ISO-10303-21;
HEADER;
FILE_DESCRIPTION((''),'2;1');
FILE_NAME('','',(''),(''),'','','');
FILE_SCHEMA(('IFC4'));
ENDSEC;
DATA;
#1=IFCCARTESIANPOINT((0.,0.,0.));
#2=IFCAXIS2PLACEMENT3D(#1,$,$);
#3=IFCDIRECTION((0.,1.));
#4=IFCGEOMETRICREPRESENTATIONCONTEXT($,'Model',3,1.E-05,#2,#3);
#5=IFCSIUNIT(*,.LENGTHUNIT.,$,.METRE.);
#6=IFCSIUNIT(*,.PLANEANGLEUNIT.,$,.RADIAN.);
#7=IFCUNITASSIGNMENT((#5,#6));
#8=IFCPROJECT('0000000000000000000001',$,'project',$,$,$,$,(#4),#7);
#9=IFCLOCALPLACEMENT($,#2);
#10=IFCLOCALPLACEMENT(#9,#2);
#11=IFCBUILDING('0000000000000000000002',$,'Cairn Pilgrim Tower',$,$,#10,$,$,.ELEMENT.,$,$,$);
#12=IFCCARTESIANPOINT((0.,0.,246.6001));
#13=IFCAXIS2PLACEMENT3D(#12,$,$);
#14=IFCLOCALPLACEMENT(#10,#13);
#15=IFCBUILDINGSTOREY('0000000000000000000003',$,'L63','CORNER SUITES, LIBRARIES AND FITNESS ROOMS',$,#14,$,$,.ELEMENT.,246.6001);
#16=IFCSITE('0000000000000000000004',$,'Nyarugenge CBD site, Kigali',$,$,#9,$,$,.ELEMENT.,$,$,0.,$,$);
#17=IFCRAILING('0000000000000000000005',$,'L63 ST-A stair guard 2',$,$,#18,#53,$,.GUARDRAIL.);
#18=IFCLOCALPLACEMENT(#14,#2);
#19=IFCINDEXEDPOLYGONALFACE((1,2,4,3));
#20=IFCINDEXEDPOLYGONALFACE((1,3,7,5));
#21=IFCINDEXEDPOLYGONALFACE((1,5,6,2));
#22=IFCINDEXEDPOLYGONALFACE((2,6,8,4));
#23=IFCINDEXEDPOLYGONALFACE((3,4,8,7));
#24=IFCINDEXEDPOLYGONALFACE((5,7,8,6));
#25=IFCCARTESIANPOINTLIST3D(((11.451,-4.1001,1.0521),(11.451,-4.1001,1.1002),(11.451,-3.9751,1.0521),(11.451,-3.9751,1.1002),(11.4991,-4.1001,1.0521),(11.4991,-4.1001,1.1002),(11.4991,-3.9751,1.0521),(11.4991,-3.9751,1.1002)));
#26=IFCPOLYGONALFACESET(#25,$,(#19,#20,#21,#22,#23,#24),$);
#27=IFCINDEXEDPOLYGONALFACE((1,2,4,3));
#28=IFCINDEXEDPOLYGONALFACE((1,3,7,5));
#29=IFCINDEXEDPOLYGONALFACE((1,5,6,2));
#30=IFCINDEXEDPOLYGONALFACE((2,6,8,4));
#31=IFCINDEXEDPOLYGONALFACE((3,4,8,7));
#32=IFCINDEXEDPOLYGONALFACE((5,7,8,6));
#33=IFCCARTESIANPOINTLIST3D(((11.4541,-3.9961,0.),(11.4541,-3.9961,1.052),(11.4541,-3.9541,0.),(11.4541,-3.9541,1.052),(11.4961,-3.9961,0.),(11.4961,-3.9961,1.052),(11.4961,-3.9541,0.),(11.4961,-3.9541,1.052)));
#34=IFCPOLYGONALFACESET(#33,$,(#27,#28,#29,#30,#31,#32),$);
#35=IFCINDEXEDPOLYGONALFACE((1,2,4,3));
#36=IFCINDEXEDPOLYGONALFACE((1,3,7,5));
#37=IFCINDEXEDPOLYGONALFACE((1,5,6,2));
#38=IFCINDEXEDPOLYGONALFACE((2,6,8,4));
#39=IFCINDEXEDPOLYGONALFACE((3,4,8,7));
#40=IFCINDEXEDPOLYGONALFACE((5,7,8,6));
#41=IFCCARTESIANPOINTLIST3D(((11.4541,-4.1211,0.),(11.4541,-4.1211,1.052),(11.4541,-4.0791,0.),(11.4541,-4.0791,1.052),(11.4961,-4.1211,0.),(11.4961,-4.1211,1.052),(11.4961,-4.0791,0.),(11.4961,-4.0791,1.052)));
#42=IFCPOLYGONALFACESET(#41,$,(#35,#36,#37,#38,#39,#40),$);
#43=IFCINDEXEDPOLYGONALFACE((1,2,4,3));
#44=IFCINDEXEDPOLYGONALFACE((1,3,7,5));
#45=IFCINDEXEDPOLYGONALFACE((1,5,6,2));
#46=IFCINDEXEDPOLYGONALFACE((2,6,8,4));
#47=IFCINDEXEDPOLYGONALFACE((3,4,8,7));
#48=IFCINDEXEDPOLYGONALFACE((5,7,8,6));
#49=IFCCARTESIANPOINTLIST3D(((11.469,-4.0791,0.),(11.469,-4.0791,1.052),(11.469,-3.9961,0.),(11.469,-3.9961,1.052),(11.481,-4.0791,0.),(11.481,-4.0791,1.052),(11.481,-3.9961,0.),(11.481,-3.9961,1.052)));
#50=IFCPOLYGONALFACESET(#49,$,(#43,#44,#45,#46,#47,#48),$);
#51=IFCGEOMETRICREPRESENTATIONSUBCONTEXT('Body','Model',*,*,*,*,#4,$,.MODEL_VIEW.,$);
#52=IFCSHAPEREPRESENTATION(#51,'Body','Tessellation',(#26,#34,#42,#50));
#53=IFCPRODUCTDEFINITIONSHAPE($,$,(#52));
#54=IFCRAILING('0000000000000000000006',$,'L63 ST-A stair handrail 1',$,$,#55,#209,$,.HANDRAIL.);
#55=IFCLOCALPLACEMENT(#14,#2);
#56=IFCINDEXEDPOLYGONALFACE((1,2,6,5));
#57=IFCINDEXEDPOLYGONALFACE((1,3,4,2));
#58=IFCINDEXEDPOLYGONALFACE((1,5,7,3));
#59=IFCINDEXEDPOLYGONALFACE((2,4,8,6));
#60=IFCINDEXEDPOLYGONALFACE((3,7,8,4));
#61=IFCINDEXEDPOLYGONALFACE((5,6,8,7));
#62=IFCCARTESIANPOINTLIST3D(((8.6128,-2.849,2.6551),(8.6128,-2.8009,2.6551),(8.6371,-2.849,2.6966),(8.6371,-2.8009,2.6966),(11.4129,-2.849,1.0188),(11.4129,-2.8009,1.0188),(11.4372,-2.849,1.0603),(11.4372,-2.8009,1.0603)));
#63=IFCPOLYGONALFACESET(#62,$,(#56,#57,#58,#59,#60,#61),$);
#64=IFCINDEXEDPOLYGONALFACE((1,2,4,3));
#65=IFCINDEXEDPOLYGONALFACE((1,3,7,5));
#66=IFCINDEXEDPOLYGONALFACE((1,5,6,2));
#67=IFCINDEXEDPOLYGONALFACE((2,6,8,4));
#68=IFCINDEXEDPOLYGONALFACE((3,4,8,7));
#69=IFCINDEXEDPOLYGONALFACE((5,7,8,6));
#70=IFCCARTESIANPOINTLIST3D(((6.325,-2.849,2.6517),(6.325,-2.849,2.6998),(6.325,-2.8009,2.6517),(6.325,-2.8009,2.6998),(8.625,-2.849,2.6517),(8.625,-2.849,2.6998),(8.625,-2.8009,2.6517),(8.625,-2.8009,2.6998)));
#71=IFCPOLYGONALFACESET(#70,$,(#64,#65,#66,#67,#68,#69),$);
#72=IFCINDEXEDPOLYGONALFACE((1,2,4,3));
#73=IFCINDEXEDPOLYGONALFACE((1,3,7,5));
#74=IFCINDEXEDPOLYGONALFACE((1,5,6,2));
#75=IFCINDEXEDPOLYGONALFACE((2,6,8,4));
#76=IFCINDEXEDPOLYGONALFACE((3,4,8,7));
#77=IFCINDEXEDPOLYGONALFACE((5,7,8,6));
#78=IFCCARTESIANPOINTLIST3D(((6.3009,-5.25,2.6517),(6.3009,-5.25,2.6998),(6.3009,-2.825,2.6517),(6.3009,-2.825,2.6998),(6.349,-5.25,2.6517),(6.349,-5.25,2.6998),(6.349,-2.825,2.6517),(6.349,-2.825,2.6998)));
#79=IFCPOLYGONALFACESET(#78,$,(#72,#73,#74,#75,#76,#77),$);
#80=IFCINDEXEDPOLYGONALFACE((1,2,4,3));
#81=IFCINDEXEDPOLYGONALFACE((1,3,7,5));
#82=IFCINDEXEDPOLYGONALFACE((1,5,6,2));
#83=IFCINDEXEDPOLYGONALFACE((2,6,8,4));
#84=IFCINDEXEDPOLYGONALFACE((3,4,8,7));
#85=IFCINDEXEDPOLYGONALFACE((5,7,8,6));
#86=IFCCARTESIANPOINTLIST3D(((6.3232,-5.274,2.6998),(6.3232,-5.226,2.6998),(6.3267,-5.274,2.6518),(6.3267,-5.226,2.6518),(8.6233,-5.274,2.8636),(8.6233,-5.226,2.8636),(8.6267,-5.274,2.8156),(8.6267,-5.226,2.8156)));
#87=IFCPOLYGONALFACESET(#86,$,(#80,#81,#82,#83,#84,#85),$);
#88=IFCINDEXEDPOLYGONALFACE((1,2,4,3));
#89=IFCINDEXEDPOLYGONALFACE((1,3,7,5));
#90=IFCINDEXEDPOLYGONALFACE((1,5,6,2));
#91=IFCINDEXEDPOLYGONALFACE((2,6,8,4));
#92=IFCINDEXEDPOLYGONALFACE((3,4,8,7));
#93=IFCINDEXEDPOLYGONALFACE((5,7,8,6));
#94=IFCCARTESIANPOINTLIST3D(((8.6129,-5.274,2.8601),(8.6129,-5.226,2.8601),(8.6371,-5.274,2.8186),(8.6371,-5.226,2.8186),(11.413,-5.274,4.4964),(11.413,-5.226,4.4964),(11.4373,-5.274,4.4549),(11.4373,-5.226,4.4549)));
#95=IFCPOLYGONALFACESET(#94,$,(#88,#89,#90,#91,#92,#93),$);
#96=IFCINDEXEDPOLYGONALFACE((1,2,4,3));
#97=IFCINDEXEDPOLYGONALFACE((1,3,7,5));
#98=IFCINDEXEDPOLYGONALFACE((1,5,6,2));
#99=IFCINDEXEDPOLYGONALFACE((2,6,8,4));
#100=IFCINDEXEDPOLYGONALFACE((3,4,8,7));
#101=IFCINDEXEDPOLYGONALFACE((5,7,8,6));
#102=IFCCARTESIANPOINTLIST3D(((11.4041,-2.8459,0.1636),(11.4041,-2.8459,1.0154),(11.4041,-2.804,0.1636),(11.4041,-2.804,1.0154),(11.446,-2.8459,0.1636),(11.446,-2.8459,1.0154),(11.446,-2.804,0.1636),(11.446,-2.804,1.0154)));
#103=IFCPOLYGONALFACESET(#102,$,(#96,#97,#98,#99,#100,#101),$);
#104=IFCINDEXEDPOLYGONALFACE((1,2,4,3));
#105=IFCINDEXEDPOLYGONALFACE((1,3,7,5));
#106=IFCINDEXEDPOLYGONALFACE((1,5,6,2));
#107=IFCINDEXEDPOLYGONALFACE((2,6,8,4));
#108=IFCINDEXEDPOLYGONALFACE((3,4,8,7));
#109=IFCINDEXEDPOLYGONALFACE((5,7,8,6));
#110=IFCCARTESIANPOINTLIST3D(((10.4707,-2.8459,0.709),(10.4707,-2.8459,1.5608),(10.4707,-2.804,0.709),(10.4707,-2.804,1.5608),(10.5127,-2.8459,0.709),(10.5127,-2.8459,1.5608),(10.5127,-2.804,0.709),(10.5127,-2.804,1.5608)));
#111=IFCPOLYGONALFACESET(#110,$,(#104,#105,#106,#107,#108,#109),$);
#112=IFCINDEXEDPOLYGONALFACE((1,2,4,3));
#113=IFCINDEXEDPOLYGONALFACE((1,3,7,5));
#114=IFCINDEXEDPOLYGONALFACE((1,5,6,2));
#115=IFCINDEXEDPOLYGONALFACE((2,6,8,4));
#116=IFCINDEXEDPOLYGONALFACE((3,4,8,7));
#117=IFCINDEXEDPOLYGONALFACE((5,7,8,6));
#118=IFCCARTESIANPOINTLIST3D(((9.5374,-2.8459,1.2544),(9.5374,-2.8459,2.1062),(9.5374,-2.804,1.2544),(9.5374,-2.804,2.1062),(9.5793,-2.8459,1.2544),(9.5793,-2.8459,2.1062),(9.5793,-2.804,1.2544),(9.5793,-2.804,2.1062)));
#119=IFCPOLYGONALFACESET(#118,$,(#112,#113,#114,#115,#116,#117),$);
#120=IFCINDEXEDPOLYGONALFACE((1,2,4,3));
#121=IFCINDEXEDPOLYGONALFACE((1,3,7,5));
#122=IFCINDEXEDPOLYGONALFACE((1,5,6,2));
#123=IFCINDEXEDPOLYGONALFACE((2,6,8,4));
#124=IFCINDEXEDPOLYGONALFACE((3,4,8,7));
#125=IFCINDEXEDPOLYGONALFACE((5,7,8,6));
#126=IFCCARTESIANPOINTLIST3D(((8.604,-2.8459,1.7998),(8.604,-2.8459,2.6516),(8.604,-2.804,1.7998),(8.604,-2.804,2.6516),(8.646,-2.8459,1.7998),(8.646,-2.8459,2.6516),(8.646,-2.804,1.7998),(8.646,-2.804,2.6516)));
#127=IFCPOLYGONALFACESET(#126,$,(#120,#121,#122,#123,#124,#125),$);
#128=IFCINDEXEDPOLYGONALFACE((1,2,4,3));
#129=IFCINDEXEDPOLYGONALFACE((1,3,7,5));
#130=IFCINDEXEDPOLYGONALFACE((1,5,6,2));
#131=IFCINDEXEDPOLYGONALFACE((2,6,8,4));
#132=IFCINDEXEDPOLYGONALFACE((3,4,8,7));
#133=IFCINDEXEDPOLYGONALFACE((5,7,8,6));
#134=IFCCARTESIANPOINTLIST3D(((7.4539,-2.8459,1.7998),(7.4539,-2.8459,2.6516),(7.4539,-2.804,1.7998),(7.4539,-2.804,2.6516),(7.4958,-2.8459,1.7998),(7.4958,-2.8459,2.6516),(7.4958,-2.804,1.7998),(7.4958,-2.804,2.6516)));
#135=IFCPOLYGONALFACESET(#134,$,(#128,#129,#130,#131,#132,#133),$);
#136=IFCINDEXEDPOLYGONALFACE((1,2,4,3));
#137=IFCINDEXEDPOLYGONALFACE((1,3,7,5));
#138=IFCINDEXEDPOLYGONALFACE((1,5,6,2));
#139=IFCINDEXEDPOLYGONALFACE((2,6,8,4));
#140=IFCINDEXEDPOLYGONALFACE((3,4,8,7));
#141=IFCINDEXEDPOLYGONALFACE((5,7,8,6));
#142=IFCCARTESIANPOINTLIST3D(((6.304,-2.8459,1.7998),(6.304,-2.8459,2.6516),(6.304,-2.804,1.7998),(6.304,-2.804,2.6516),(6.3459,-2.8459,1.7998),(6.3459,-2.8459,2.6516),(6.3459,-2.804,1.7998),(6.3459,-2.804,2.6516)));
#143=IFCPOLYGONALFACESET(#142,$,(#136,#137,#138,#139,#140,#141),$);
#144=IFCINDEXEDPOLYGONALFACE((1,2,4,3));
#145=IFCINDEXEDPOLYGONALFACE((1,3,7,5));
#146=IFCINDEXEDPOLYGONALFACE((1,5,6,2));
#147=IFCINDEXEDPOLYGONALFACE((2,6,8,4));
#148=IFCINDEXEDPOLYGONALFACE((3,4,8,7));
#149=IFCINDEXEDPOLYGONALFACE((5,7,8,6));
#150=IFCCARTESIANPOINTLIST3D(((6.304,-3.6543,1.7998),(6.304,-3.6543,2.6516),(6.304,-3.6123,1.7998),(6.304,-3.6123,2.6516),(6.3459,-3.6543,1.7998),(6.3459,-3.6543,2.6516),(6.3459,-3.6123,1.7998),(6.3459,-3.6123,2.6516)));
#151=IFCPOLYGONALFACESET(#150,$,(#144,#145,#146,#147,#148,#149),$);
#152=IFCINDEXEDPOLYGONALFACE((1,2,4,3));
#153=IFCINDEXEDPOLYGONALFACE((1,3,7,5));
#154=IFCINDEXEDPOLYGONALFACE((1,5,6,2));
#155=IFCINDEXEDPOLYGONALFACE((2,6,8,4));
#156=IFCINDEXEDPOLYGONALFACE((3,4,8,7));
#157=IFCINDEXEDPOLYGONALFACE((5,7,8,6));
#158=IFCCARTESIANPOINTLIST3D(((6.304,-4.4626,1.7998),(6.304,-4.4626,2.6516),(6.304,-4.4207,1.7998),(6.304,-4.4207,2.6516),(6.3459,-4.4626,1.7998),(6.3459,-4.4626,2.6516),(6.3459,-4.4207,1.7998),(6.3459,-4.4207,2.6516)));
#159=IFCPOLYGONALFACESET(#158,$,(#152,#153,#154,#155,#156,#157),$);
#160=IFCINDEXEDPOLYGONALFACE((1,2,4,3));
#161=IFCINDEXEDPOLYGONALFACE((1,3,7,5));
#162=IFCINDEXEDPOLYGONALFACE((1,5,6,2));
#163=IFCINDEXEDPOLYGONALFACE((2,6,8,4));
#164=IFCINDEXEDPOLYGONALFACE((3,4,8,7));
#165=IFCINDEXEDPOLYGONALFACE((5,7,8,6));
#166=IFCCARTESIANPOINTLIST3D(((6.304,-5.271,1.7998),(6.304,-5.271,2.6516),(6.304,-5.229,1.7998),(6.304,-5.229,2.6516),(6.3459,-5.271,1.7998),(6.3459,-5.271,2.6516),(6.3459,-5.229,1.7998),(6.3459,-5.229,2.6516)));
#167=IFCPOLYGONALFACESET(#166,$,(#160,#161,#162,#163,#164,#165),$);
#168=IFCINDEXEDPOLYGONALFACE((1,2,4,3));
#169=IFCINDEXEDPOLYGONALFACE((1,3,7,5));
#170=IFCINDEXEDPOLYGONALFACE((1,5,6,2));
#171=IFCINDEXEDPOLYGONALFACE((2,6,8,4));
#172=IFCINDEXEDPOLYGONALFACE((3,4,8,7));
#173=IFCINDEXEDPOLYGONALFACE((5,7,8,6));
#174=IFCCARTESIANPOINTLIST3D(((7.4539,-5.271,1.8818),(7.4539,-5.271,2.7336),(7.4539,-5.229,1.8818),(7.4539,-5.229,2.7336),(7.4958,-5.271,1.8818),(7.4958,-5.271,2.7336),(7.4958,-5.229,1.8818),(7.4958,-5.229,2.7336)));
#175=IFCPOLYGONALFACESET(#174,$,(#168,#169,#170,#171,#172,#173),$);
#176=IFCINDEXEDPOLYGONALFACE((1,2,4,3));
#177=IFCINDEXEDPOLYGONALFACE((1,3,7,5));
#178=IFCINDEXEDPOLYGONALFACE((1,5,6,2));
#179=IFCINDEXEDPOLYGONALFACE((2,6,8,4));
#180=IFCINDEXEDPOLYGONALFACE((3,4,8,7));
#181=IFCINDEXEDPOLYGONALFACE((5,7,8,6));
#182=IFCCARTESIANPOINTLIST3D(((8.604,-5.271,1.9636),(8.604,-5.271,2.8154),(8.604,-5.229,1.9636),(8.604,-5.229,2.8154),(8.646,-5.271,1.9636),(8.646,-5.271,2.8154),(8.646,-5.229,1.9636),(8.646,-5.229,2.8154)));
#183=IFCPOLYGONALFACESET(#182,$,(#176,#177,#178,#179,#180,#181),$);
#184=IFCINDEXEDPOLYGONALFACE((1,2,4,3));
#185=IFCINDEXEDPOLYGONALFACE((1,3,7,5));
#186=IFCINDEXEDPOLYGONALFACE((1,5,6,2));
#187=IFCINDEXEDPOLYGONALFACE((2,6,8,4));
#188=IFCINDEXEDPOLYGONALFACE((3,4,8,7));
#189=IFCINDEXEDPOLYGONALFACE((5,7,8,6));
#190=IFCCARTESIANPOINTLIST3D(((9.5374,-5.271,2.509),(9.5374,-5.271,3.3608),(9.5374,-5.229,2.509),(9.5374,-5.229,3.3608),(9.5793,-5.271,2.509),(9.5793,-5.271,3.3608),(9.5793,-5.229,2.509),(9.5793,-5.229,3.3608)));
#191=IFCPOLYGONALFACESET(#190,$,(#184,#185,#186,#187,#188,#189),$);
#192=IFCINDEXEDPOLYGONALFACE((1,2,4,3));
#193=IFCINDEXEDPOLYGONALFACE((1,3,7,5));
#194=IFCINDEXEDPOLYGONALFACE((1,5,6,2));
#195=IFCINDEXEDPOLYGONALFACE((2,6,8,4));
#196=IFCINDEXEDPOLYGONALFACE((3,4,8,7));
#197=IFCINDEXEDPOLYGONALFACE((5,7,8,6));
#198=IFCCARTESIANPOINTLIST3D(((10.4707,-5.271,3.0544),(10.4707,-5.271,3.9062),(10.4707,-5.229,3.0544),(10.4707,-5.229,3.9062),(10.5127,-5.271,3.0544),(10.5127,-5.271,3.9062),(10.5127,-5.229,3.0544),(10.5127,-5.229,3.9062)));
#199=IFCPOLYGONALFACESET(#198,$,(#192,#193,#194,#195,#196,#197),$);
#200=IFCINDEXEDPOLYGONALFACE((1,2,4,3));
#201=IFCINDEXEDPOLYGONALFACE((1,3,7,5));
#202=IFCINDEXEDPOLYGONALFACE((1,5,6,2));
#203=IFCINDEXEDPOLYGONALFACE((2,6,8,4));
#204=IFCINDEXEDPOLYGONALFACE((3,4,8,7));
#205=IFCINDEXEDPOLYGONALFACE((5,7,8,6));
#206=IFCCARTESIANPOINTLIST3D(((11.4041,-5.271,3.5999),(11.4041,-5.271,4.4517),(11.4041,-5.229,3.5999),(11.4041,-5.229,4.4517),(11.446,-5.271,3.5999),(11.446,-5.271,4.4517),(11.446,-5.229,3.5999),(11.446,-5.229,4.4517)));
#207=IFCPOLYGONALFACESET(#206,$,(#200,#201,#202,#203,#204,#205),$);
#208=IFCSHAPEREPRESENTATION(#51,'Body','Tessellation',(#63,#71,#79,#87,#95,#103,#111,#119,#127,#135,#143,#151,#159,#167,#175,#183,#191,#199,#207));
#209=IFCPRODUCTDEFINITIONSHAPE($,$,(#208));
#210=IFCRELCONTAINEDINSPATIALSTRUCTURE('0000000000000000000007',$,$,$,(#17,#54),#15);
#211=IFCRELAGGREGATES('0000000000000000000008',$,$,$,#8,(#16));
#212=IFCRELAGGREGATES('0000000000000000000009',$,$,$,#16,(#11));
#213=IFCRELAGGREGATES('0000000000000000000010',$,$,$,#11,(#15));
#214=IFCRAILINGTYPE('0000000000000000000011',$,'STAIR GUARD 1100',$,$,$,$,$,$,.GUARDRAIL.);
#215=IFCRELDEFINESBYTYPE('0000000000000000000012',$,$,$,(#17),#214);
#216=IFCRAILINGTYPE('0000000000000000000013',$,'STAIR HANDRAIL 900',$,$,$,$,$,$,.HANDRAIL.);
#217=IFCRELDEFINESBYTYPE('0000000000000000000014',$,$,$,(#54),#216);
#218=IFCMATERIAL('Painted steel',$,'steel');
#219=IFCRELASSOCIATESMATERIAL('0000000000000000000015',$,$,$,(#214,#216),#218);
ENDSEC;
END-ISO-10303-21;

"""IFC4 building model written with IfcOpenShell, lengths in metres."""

from ifc_helpers import new_model, si_unit, direction, frame, origin, origin_2d, place, context, subcontext, project, spatial, polyline, rectangle, outline, extrude, material, type_object, element, save


model = new_model("IFC4")

# Units and contexts
model_context = context("Model", 3, precision=1e-05, world=origin(), true_north=direction((0.0, 1.0)))
body_context = subcontext(model_context, "Body", "Model", "MODEL_VIEW")
ifc_project = project(units=[si_unit("LENGTHUNIT", "METRE"), si_unit("PLANEANGLEUNIT", "RADIAN")], contexts=[model_context])

# Site, building, storey
site_placement = place(None, origin())
site = spatial("IfcSite", under=ifc_project, at=site_placement, Name="Nyarugenge CBD site, Kigali", CompositionType="ELEMENT", RefElevation=0.0)
building_placement = place(site_placement, origin())
building = spatial("IfcBuilding", under=site, at=building_placement, Name="Cairn Pilgrim Tower", CompositionType="ELEMENT")
storey_placement = place(building_placement, frame((0.0, 0.0, 246.6001)))
storey = spatial("IfcBuildingStorey", under=building, at=storey_placement, Name="L63", Description="CORNER SUITES, LIBRARIES AND FITNESS ROOMS", CompositionType="ELEMENT", Elevation=246.6001)

# Shared definitions
ifc_material_1 = material(Name="Painted steel", Category="steel")

# Railings
railing_type_1 = type_object("IfcRailingType", Name="STAIR GUARD 1100", PredefinedType="GUARDRAIL", material=ifc_material_1)
railing_1_placement = place(storey_placement, frame((11.4751, -3.9751, 0.0)))
element("IfcRailing", 1, at=railing_1_placement, inside=storey, type_object=railing_type_1, Name="L63 ST-A stair guard 2", PredefinedType="GUARDRAIL", context=body_context, shape_type="SweptSolid", body=[
    extrude(rectangle(XDim=0.0481, YDim=0.0481, at=origin_2d()), frame((0.0, 0.0, 1.0762), z_axis=(0.0, -1.0, 0.0), x_axis=(1.0, 0.0, 0.0)), (0.0, 0.0, 1.0), 0.125),
    extrude(rectangle(XDim=0.042, YDim=0.042, at=origin_2d()), origin(), (0.0, 0.0, 1.0), 1.052),
    extrude(rectangle(XDim=0.042, YDim=0.042, at=origin_2d()), frame((0.0, -0.125, 0.0)), (0.0, 0.0, 1.0), 1.052),
    extrude(outline(polyline([(0.021, 0.0), (0.104, 0.0), (0.104, 1.052), (0.021, 1.052), (0.021, 0.0)])), frame((0.0059, 0.0, 0.0), z_axis=(-1.0, 0.0, 0.0), x_axis=(0.0, -1.0, 0.0)), (0.0, 0.0, 1.0), 0.012),
])
railing_type_2 = type_object("IfcRailingType", Name="STAIR HANDRAIL 900", PredefinedType="HANDRAIL", material=ifc_material_1)
railing_2_placement = place(storey_placement, frame((11.425, -2.825, 0.1636)))
element("IfcRailing", 2, at=railing_2_placement, inside=storey, type_object=railing_type_2, Name="L63 ST-A stair handrail 1", PredefinedType="HANDRAIL", context=body_context, shape_type="SweptSolid", body=[
    extrude(rectangle(XDim=0.0481, YDim=0.0481, at=origin_2d()), frame((0.0, 0.0, 0.876), z_axis=(-0.863394, 0.0, 0.504531), x_axis=(0.0, -1.0, 0.0)), (0.0, 0.0, 1.0), 3.2432),
    extrude(rectangle(XDim=0.0481, YDim=0.0481, at=origin_2d()), frame((-2.8, 0.0, 2.5122), z_axis=(-1.0, 0.0, 0.0), x_axis=(0.0, -1.0, 0.0)), (0.0, 0.0, 1.0), 2.3),
    extrude(rectangle(XDim=0.0481, YDim=0.0481, at=origin_2d()), frame((-5.1001, 0.0, 2.5122), z_axis=(0.0, -1.0, 0.0), x_axis=(1.0, 0.0, 0.0)), (0.0, 0.0, 1.0), 2.425),
    extrude(rectangle(XDim=0.0481, YDim=0.0481, at=origin_2d()), frame((-5.1001, -2.425, 2.5122), z_axis=(0.997473, 0.0, 0.071044), x_axis=(0.0, 1.0, 0.0)), (0.0, 0.0, 1.0), 2.3059),
    extrude(rectangle(XDim=0.0481, YDim=0.0481, at=origin_2d()), frame((-2.8, -2.425, 2.6758), z_axis=(0.863394, 0.0, 0.504531), x_axis=(0.0, 1.0, 0.0)), (0.0, 0.0, 1.0), 3.2432),
    extrude(rectangle(XDim=0.042, YDim=0.042, at=origin_2d()), origin(), (0.0, 0.0, 1.0), 0.8518),
    extrude(rectangle(XDim=0.042, YDim=0.042, at=origin_2d()), frame((-0.9333, 0.0, 0.5454)), (0.0, 0.0, 1.0), 0.8518),
    extrude(rectangle(XDim=0.042, YDim=0.042, at=origin_2d()), frame((-1.8667, 0.0, 1.0908)), (0.0, 0.0, 1.0), 0.8518),
    extrude(rectangle(XDim=0.042, YDim=0.042, at=origin_2d()), frame((-2.8, 0.0, 1.6362)), (0.0, 0.0, 1.0), 0.8518),
    extrude(rectangle(XDim=0.042, YDim=0.042, at=origin_2d()), frame((-3.9502, 0.0, 1.6362)), (0.0, 0.0, 1.0), 0.8518),
    extrude(rectangle(XDim=0.042, YDim=0.042, at=origin_2d()), frame((-5.1001, 0.0, 1.6362)), (0.0, 0.0, 1.0), 0.8518),
    extrude(rectangle(XDim=0.042, YDim=0.042, at=origin_2d()), frame((-5.1001, -0.8083, 1.6362)), (0.0, 0.0, 1.0), 0.8518),
    extrude(rectangle(XDim=0.042, YDim=0.042, at=origin_2d()), frame((-5.1001, -1.6167, 1.6362)), (0.0, 0.0, 1.0), 0.8518),
    extrude(rectangle(XDim=0.042, YDim=0.042, at=origin_2d()), frame((-5.1001, -2.425, 1.6362)), (0.0, 0.0, 1.0), 0.8518),
    extrude(rectangle(XDim=0.042, YDim=0.042, at=origin_2d()), frame((-3.9502, -2.425, 1.7183)), (0.0, 0.0, 1.0), 0.8518),
    extrude(rectangle(XDim=0.042, YDim=0.042, at=origin_2d()), frame((-2.8, -2.425, 1.8)), (0.0, 0.0, 1.0), 0.8518),
    extrude(rectangle(XDim=0.042, YDim=0.042, at=origin_2d()), frame((-1.8667, -2.425, 2.3455)), (0.0, 0.0, 1.0), 0.8518),
    extrude(rectangle(XDim=0.042, YDim=0.042, at=origin_2d()), frame((-0.9333, -2.425, 2.8909)), (0.0, 0.0, 1.0), 0.8518),
    extrude(rectangle(XDim=0.042, YDim=0.042, at=origin_2d()), frame((0.0, -2.425, 3.4363)), (0.0, 0.0, 1.0), 0.8518),
])

save(model, "model.ifc")
